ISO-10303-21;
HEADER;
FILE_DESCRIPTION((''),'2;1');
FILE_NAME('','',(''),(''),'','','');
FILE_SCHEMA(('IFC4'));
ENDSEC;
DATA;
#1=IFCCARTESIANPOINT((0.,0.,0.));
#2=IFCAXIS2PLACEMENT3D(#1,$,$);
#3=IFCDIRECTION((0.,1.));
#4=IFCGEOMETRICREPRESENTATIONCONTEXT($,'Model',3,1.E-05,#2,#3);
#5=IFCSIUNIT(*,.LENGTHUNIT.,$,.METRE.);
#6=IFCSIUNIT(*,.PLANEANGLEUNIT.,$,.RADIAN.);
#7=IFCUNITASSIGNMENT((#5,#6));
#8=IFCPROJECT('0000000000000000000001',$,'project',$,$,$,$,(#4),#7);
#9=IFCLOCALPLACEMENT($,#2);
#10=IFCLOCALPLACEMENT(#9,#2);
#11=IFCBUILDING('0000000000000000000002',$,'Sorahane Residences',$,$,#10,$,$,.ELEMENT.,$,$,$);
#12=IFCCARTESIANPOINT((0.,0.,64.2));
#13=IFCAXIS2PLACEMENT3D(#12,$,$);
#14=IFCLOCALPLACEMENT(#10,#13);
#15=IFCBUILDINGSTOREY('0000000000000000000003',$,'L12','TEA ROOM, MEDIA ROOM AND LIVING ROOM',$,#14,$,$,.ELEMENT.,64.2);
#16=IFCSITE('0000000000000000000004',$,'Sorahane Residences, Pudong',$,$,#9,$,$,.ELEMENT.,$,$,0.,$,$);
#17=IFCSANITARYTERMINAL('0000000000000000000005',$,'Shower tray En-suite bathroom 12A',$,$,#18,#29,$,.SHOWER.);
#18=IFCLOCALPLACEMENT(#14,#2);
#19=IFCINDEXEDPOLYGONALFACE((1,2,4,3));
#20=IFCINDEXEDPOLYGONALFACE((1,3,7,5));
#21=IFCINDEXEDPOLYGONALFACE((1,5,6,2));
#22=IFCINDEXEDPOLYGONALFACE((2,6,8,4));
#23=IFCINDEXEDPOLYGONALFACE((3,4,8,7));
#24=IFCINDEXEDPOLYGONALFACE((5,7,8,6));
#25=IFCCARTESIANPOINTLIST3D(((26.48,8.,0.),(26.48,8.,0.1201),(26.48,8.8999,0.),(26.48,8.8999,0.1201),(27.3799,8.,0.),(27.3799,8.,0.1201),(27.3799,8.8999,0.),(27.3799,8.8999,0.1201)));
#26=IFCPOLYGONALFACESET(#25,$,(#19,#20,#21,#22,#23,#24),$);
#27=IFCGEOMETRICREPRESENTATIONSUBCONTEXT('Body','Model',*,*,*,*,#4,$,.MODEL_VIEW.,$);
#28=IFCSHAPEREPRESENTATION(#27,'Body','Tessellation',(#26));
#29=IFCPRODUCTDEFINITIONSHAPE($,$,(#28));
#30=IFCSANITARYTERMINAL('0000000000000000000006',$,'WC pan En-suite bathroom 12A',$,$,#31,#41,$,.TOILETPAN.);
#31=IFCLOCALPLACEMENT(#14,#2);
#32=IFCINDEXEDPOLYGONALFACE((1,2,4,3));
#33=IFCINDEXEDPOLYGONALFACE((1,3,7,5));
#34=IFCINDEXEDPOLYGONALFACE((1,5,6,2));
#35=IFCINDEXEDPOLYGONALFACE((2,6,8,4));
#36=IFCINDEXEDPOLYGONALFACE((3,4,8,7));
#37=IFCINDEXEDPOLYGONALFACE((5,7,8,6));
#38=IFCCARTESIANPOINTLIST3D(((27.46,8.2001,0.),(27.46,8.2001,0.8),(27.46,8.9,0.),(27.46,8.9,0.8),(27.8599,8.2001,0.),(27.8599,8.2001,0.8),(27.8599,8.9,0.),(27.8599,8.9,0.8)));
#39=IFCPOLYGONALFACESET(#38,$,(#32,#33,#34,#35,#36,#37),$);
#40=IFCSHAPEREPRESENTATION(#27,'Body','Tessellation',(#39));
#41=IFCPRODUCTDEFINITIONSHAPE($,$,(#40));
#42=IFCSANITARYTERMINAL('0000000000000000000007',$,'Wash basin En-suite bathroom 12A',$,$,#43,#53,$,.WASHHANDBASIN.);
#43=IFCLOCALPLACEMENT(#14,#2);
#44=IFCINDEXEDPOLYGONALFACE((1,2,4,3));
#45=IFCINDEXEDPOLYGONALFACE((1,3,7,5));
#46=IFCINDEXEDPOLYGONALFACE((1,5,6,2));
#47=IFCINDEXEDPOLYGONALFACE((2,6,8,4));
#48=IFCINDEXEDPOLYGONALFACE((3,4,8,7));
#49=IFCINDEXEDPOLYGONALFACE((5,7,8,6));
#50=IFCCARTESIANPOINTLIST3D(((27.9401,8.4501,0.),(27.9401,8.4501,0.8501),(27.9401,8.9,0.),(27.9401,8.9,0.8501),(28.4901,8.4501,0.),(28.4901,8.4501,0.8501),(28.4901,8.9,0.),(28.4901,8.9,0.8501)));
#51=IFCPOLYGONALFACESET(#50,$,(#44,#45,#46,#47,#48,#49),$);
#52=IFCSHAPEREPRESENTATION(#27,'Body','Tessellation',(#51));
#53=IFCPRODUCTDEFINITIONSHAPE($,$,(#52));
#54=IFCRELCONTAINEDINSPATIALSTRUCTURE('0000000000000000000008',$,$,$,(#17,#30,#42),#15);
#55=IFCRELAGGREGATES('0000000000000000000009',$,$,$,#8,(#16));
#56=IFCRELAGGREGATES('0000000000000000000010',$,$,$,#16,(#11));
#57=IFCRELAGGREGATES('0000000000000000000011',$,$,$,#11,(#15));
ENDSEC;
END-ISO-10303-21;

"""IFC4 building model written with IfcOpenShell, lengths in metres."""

from ifc_helpers import new_model, si_unit, direction, frame, origin, origin_2d, place, context, subcontext, project, spatial, rectangle, extrude, element, save


model = new_model("IFC4")

# Units and contexts
model_context = context("Model", 3, precision=1e-05, world=origin(), true_north=direction((0.0, 1.0)))
body_context = subcontext(model_context, "Body", "Model", "MODEL_VIEW")
ifc_project = project(units=[si_unit("LENGTHUNIT", "METRE"), si_unit("PLANEANGLEUNIT", "RADIAN")], contexts=[model_context])

# Site, building, storey
site_placement = place(None, origin())
site = spatial("IfcSite", under=ifc_project, at=site_placement, Name="Sorahane Residences, Pudong", CompositionType="ELEMENT", RefElevation=0.0)
building_placement = place(site_placement, origin())
building = spatial("IfcBuilding", under=site, at=building_placement, Name="Sorahane Residences", CompositionType="ELEMENT")
storey_placement = place(building_placement, frame((0.0, 0.0, 64.2)))
storey = spatial("IfcBuildingStorey", under=building, at=storey_placement, Name="L12", Description="TEA ROOM, MEDIA ROOM AND LIVING ROOM", CompositionType="ELEMENT", Elevation=64.2)

# Sanitary terminals
sanitary_terminal_1_placement = place(storey_placement, frame((26.9299, 8.45, 0.0), z_axis=(0.0, 0.0, 1.0), x_axis=(1.0, 0.0, 0.0)))
element("IfcSanitaryTerminal", 1, at=sanitary_terminal_1_placement, inside=storey, Name="Shower tray En-suite bathroom 12A", PredefinedType="SHOWER", context=body_context, shape_type="SweptSolid", body=[
    extrude(rectangle(XDim=0.8999, YDim=0.8999, at=origin_2d()), origin(), (0.0, 0.0, 1.0), 0.1201),
])
sanitary_terminal_2_placement = place(storey_placement, frame((27.6599, 8.55, 0.0), z_axis=(0.0, 0.0, 1.0), x_axis=(1.0, 0.0, 0.0)))
element("IfcSanitaryTerminal", 2, at=sanitary_terminal_2_placement, inside=storey, Name="WC pan En-suite bathroom 12A", PredefinedType="TOILETPAN", context=body_context, shape_type="SweptSolid", body=[
    extrude(rectangle(XDim=0.3999, YDim=0.7, at=origin_2d()), origin(), (0.0, 0.0, 1.0), 0.8),
])
sanitary_terminal_3_placement = place(storey_placement, frame((28.2151, 8.675, 0.0), z_axis=(0.0, 0.0, 1.0), x_axis=(1.0, 0.0, 0.0)))
element("IfcSanitaryTerminal", 3, at=sanitary_terminal_3_placement, inside=storey, Name="Wash basin En-suite bathroom 12A", PredefinedType="WASHHANDBASIN", context=body_context, shape_type="SweptSolid", body=[
    extrude(rectangle(XDim=0.55, YDim=0.45, at=origin_2d()), origin(), (0.0, 0.0, 1.0), 0.8501),
])

save(model, "model.ifc")
